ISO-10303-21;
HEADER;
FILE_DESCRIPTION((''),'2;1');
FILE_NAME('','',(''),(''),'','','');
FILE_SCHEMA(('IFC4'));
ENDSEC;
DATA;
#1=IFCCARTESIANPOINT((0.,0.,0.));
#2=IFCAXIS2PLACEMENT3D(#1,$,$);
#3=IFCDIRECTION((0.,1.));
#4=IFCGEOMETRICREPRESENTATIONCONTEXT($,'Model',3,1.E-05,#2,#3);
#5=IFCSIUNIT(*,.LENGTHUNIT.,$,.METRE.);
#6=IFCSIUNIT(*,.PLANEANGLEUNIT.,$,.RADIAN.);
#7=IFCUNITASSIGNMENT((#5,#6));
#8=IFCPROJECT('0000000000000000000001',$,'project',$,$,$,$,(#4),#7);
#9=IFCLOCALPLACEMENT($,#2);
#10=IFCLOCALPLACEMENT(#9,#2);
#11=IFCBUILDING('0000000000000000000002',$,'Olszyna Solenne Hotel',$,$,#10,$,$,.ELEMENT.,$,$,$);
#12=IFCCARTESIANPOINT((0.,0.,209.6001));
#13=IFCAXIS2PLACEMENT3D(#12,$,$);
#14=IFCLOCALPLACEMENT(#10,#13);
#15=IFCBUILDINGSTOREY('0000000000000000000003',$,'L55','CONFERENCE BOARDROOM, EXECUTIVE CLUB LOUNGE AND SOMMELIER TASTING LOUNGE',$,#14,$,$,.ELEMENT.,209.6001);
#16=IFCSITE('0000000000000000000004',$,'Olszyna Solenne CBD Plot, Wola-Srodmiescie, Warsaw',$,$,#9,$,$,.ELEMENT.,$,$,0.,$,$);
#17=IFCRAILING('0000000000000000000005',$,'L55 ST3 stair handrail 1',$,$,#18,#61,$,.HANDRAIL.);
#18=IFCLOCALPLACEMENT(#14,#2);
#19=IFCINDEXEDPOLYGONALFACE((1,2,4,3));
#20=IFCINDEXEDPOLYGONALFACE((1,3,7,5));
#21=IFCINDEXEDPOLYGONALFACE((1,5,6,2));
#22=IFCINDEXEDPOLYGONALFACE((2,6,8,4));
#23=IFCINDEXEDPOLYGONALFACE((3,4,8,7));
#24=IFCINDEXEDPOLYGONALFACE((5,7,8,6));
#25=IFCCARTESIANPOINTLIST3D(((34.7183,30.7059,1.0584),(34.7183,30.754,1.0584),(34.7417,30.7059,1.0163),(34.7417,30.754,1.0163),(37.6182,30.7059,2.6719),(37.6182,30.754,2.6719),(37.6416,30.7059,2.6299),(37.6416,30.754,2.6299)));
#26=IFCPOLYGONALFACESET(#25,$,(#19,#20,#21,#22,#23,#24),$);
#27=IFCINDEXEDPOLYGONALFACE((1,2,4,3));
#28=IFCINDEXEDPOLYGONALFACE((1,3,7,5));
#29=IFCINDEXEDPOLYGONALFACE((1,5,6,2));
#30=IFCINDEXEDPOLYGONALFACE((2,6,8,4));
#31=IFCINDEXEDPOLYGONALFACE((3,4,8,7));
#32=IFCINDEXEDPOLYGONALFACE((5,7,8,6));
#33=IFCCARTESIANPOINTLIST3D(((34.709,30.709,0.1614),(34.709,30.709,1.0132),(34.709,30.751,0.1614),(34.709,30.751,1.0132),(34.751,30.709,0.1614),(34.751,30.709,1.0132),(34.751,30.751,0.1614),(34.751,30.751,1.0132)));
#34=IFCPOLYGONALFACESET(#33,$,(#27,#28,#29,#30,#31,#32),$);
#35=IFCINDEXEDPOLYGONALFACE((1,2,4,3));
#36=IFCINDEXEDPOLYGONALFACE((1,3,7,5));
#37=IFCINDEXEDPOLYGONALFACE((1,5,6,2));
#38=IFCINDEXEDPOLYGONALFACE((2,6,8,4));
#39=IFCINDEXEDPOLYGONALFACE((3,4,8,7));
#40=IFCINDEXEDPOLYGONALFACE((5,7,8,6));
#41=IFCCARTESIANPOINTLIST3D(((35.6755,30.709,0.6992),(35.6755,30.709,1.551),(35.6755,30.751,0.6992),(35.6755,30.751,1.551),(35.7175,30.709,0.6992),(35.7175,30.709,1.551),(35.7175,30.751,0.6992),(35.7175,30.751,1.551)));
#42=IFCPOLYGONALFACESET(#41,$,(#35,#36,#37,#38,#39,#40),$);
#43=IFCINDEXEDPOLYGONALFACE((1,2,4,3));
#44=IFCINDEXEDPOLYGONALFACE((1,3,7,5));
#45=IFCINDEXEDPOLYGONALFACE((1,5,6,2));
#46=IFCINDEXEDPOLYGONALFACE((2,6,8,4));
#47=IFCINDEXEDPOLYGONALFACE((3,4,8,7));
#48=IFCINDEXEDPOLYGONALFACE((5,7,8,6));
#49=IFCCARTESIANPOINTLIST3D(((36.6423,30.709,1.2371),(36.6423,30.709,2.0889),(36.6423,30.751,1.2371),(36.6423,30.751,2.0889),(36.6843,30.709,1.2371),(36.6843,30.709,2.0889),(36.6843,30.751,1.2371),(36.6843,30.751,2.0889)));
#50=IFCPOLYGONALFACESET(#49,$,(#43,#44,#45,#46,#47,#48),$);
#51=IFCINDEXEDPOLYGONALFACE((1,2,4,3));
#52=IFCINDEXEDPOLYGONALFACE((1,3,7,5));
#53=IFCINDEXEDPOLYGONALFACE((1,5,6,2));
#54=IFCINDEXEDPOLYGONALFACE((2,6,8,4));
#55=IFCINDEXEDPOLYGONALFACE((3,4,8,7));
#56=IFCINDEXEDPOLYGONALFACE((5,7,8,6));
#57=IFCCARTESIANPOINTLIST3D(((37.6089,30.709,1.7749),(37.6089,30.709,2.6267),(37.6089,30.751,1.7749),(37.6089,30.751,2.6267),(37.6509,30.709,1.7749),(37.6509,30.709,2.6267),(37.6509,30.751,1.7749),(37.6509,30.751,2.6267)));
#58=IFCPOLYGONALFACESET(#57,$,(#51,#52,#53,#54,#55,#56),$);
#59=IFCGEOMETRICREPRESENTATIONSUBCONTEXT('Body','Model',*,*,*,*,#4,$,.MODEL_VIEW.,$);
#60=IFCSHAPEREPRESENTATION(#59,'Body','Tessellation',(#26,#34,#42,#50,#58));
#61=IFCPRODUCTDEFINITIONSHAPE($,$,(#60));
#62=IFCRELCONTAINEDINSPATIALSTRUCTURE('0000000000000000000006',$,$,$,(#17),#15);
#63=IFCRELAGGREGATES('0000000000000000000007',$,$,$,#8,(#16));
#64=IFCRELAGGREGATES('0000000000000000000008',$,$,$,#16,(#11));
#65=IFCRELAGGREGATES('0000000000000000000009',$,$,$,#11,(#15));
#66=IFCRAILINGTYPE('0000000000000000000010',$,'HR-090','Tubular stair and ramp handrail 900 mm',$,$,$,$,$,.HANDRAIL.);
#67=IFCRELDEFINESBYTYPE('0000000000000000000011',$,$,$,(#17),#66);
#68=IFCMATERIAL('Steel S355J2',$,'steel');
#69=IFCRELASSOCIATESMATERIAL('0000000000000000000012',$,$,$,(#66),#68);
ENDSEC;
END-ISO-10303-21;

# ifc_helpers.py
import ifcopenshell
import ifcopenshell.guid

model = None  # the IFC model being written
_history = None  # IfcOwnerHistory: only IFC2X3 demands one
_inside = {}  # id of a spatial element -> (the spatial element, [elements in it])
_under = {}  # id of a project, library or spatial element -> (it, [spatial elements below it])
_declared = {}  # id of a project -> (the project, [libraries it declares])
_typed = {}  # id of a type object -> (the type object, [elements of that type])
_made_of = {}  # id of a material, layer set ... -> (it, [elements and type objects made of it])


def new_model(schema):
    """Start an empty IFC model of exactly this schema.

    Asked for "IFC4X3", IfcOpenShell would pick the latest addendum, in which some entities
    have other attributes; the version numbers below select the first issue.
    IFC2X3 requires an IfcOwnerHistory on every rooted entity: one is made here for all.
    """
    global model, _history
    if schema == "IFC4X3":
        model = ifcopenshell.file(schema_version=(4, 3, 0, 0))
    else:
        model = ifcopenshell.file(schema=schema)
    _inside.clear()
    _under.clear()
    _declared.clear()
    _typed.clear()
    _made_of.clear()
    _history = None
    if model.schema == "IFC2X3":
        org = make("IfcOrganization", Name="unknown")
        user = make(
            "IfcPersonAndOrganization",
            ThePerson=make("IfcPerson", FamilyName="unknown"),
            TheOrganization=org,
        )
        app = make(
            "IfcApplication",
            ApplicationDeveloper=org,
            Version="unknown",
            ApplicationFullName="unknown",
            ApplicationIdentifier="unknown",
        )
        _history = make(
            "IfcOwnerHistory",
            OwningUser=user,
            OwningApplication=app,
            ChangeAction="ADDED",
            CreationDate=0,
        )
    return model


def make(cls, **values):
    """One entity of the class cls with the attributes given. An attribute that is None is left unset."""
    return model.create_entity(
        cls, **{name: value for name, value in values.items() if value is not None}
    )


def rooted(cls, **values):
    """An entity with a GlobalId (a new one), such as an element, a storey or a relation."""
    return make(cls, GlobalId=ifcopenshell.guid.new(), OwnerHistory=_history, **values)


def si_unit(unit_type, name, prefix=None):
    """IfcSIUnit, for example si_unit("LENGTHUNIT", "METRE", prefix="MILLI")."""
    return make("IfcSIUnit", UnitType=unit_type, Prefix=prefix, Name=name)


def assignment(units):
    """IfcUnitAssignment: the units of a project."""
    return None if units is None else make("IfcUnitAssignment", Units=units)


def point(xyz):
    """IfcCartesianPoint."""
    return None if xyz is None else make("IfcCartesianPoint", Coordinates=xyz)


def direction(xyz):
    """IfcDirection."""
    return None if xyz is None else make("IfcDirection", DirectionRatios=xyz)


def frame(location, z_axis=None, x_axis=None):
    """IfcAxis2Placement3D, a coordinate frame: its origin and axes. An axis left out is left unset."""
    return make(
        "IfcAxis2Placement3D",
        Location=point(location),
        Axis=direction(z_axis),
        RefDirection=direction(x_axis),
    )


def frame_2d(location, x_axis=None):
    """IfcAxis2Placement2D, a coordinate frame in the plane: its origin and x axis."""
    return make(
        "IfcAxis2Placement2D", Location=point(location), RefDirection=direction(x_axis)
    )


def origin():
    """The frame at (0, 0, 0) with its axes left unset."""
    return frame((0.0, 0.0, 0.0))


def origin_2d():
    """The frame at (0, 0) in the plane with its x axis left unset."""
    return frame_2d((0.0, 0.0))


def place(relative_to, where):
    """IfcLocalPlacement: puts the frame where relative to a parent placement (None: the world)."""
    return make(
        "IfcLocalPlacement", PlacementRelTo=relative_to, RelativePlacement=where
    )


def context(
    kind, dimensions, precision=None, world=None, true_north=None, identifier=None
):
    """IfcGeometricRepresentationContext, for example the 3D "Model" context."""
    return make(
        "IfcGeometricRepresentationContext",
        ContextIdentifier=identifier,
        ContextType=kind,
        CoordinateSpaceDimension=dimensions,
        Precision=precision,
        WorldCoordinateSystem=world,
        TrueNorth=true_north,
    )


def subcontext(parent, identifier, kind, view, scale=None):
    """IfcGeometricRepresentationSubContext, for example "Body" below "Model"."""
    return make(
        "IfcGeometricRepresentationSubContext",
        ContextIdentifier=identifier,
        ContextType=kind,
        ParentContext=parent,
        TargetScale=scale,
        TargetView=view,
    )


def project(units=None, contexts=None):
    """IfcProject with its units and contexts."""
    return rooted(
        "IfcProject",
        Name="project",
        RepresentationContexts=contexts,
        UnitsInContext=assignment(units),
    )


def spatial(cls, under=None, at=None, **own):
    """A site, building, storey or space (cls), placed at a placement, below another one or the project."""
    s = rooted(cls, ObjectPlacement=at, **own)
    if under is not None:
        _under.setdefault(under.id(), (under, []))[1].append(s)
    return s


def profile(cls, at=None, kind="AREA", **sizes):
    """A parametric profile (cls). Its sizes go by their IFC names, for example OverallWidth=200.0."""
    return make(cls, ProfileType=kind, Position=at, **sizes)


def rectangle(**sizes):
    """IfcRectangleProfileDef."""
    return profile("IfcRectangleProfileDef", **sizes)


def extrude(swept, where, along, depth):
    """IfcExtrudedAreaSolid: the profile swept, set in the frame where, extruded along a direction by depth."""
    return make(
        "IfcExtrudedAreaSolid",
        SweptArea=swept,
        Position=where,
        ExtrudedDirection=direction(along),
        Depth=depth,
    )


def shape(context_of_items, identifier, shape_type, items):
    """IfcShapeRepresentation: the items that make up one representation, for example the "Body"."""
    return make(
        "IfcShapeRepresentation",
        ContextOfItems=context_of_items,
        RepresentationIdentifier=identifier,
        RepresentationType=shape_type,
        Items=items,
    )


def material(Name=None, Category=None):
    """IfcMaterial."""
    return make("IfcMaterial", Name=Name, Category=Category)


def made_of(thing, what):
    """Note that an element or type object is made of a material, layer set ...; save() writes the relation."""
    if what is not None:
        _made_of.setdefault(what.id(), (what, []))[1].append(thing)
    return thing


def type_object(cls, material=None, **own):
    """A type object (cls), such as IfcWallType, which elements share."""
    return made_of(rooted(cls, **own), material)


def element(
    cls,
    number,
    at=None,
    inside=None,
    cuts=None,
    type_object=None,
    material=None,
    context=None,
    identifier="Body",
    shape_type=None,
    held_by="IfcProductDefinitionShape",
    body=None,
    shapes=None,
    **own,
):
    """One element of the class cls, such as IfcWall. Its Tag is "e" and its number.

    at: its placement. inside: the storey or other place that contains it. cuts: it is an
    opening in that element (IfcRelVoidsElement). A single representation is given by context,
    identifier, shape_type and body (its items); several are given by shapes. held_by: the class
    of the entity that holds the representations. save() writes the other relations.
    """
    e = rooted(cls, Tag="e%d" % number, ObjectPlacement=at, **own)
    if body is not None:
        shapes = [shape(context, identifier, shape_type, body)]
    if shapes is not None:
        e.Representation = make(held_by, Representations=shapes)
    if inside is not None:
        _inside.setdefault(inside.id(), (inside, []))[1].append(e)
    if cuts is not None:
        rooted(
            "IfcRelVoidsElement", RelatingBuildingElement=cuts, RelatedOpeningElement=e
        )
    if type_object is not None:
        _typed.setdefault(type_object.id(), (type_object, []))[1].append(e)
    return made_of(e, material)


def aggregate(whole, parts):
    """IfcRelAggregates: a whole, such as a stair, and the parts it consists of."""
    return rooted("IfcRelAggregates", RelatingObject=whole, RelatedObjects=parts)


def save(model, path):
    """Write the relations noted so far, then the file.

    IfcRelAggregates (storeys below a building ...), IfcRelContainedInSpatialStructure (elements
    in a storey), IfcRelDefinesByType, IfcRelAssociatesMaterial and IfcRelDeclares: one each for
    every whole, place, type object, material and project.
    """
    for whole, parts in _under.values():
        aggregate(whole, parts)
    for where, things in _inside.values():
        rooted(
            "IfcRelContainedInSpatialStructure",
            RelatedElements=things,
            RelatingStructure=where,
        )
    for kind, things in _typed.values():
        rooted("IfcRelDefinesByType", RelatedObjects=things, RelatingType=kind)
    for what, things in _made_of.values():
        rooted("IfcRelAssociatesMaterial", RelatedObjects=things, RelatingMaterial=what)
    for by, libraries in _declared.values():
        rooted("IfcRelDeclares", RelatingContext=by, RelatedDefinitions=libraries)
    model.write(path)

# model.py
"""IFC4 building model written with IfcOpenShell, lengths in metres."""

from ifc_helpers import new_model, si_unit, direction, frame, origin, origin_2d, place, context, subcontext, project, spatial, rectangle, extrude, material, type_object, element, save


model = new_model("IFC4")

# Units and contexts
model_context = context("Model", 3, precision=1e-05, world=origin(), true_north=direction((0.0, 1.0)))
body_context = subcontext(model_context, "Body", "Model", "MODEL_VIEW")
ifc_project = project(units=[si_unit("LENGTHUNIT", "METRE"), si_unit("PLANEANGLEUNIT", "RADIAN")], contexts=[model_context])

# Site, building, storey
site_placement = place(None, origin())
site = spatial("IfcSite", under=ifc_project, at=site_placement, Name="Olszyna Solenne CBD Plot, Wola-Srodmiescie, Warsaw", CompositionType="ELEMENT", RefElevation=0.0)
building_placement = place(site_placement, origin())
building = spatial("IfcBuilding", under=site, at=building_placement, Name="Olszyna Solenne Hotel", CompositionType="ELEMENT")
storey_placement = place(building_placement, frame((0.0, 0.0, 209.6001)))
storey = spatial("IfcBuildingStorey", under=building, at=storey_placement, Name="L55", Description="CONFERENCE BOARDROOM, EXECUTIVE CLUB LOUNGE AND SOMMELIER TASTING LOUNGE", CompositionType="ELEMENT", Elevation=209.6001)

# Shared definitions
ifc_material_1 = material(Name="Steel S355J2", Category="steel")

# Railing
railing_type_1 = type_object("IfcRailingType", Name="HR-090", Description="Tubular stair and ramp handrail 900 mm", PredefinedType="HANDRAIL", material=ifc_material_1)
railing_1_placement = place(storey_placement, frame((34.73, 30.73, 0.1614)))
element("IfcRailing", 1, at=railing_1_placement, inside=storey, type_object=railing_type_1, Name="L55 ST3 stair handrail 1", PredefinedType="HANDRAIL", context=body_context, shape_type="SweptSolid", body=[
    extrude(rectangle(XDim=0.0481, YDim=0.0481, at=origin_2d()), frame((0.0, 0.0, 0.876), z_axis=(0.873841, 0.0, 0.486211), x_axis=(0.0, 1.0, 0.0)), (0.0, 0.0, 1.0), 3.3186),
    extrude(rectangle(XDim=0.042, YDim=0.042, at=origin_2d()), origin(), (0.0, 0.0, 1.0), 0.8518),
    extrude(rectangle(XDim=0.042, YDim=0.042, at=origin_2d()), frame((0.9666, 0.0, 0.5378)), (0.0, 0.0, 1.0), 0.8518),
    extrude(rectangle(XDim=0.042, YDim=0.042, at=origin_2d()), frame((1.9333, 0.0, 1.0757)), (0.0, 0.0, 1.0), 0.8518),
    extrude(rectangle(XDim=0.042, YDim=0.042, at=origin_2d()), frame((2.8999, 0.0, 1.6135)), (0.0, 0.0, 1.0), 0.8518),
])

save(model, "model.ifc")
